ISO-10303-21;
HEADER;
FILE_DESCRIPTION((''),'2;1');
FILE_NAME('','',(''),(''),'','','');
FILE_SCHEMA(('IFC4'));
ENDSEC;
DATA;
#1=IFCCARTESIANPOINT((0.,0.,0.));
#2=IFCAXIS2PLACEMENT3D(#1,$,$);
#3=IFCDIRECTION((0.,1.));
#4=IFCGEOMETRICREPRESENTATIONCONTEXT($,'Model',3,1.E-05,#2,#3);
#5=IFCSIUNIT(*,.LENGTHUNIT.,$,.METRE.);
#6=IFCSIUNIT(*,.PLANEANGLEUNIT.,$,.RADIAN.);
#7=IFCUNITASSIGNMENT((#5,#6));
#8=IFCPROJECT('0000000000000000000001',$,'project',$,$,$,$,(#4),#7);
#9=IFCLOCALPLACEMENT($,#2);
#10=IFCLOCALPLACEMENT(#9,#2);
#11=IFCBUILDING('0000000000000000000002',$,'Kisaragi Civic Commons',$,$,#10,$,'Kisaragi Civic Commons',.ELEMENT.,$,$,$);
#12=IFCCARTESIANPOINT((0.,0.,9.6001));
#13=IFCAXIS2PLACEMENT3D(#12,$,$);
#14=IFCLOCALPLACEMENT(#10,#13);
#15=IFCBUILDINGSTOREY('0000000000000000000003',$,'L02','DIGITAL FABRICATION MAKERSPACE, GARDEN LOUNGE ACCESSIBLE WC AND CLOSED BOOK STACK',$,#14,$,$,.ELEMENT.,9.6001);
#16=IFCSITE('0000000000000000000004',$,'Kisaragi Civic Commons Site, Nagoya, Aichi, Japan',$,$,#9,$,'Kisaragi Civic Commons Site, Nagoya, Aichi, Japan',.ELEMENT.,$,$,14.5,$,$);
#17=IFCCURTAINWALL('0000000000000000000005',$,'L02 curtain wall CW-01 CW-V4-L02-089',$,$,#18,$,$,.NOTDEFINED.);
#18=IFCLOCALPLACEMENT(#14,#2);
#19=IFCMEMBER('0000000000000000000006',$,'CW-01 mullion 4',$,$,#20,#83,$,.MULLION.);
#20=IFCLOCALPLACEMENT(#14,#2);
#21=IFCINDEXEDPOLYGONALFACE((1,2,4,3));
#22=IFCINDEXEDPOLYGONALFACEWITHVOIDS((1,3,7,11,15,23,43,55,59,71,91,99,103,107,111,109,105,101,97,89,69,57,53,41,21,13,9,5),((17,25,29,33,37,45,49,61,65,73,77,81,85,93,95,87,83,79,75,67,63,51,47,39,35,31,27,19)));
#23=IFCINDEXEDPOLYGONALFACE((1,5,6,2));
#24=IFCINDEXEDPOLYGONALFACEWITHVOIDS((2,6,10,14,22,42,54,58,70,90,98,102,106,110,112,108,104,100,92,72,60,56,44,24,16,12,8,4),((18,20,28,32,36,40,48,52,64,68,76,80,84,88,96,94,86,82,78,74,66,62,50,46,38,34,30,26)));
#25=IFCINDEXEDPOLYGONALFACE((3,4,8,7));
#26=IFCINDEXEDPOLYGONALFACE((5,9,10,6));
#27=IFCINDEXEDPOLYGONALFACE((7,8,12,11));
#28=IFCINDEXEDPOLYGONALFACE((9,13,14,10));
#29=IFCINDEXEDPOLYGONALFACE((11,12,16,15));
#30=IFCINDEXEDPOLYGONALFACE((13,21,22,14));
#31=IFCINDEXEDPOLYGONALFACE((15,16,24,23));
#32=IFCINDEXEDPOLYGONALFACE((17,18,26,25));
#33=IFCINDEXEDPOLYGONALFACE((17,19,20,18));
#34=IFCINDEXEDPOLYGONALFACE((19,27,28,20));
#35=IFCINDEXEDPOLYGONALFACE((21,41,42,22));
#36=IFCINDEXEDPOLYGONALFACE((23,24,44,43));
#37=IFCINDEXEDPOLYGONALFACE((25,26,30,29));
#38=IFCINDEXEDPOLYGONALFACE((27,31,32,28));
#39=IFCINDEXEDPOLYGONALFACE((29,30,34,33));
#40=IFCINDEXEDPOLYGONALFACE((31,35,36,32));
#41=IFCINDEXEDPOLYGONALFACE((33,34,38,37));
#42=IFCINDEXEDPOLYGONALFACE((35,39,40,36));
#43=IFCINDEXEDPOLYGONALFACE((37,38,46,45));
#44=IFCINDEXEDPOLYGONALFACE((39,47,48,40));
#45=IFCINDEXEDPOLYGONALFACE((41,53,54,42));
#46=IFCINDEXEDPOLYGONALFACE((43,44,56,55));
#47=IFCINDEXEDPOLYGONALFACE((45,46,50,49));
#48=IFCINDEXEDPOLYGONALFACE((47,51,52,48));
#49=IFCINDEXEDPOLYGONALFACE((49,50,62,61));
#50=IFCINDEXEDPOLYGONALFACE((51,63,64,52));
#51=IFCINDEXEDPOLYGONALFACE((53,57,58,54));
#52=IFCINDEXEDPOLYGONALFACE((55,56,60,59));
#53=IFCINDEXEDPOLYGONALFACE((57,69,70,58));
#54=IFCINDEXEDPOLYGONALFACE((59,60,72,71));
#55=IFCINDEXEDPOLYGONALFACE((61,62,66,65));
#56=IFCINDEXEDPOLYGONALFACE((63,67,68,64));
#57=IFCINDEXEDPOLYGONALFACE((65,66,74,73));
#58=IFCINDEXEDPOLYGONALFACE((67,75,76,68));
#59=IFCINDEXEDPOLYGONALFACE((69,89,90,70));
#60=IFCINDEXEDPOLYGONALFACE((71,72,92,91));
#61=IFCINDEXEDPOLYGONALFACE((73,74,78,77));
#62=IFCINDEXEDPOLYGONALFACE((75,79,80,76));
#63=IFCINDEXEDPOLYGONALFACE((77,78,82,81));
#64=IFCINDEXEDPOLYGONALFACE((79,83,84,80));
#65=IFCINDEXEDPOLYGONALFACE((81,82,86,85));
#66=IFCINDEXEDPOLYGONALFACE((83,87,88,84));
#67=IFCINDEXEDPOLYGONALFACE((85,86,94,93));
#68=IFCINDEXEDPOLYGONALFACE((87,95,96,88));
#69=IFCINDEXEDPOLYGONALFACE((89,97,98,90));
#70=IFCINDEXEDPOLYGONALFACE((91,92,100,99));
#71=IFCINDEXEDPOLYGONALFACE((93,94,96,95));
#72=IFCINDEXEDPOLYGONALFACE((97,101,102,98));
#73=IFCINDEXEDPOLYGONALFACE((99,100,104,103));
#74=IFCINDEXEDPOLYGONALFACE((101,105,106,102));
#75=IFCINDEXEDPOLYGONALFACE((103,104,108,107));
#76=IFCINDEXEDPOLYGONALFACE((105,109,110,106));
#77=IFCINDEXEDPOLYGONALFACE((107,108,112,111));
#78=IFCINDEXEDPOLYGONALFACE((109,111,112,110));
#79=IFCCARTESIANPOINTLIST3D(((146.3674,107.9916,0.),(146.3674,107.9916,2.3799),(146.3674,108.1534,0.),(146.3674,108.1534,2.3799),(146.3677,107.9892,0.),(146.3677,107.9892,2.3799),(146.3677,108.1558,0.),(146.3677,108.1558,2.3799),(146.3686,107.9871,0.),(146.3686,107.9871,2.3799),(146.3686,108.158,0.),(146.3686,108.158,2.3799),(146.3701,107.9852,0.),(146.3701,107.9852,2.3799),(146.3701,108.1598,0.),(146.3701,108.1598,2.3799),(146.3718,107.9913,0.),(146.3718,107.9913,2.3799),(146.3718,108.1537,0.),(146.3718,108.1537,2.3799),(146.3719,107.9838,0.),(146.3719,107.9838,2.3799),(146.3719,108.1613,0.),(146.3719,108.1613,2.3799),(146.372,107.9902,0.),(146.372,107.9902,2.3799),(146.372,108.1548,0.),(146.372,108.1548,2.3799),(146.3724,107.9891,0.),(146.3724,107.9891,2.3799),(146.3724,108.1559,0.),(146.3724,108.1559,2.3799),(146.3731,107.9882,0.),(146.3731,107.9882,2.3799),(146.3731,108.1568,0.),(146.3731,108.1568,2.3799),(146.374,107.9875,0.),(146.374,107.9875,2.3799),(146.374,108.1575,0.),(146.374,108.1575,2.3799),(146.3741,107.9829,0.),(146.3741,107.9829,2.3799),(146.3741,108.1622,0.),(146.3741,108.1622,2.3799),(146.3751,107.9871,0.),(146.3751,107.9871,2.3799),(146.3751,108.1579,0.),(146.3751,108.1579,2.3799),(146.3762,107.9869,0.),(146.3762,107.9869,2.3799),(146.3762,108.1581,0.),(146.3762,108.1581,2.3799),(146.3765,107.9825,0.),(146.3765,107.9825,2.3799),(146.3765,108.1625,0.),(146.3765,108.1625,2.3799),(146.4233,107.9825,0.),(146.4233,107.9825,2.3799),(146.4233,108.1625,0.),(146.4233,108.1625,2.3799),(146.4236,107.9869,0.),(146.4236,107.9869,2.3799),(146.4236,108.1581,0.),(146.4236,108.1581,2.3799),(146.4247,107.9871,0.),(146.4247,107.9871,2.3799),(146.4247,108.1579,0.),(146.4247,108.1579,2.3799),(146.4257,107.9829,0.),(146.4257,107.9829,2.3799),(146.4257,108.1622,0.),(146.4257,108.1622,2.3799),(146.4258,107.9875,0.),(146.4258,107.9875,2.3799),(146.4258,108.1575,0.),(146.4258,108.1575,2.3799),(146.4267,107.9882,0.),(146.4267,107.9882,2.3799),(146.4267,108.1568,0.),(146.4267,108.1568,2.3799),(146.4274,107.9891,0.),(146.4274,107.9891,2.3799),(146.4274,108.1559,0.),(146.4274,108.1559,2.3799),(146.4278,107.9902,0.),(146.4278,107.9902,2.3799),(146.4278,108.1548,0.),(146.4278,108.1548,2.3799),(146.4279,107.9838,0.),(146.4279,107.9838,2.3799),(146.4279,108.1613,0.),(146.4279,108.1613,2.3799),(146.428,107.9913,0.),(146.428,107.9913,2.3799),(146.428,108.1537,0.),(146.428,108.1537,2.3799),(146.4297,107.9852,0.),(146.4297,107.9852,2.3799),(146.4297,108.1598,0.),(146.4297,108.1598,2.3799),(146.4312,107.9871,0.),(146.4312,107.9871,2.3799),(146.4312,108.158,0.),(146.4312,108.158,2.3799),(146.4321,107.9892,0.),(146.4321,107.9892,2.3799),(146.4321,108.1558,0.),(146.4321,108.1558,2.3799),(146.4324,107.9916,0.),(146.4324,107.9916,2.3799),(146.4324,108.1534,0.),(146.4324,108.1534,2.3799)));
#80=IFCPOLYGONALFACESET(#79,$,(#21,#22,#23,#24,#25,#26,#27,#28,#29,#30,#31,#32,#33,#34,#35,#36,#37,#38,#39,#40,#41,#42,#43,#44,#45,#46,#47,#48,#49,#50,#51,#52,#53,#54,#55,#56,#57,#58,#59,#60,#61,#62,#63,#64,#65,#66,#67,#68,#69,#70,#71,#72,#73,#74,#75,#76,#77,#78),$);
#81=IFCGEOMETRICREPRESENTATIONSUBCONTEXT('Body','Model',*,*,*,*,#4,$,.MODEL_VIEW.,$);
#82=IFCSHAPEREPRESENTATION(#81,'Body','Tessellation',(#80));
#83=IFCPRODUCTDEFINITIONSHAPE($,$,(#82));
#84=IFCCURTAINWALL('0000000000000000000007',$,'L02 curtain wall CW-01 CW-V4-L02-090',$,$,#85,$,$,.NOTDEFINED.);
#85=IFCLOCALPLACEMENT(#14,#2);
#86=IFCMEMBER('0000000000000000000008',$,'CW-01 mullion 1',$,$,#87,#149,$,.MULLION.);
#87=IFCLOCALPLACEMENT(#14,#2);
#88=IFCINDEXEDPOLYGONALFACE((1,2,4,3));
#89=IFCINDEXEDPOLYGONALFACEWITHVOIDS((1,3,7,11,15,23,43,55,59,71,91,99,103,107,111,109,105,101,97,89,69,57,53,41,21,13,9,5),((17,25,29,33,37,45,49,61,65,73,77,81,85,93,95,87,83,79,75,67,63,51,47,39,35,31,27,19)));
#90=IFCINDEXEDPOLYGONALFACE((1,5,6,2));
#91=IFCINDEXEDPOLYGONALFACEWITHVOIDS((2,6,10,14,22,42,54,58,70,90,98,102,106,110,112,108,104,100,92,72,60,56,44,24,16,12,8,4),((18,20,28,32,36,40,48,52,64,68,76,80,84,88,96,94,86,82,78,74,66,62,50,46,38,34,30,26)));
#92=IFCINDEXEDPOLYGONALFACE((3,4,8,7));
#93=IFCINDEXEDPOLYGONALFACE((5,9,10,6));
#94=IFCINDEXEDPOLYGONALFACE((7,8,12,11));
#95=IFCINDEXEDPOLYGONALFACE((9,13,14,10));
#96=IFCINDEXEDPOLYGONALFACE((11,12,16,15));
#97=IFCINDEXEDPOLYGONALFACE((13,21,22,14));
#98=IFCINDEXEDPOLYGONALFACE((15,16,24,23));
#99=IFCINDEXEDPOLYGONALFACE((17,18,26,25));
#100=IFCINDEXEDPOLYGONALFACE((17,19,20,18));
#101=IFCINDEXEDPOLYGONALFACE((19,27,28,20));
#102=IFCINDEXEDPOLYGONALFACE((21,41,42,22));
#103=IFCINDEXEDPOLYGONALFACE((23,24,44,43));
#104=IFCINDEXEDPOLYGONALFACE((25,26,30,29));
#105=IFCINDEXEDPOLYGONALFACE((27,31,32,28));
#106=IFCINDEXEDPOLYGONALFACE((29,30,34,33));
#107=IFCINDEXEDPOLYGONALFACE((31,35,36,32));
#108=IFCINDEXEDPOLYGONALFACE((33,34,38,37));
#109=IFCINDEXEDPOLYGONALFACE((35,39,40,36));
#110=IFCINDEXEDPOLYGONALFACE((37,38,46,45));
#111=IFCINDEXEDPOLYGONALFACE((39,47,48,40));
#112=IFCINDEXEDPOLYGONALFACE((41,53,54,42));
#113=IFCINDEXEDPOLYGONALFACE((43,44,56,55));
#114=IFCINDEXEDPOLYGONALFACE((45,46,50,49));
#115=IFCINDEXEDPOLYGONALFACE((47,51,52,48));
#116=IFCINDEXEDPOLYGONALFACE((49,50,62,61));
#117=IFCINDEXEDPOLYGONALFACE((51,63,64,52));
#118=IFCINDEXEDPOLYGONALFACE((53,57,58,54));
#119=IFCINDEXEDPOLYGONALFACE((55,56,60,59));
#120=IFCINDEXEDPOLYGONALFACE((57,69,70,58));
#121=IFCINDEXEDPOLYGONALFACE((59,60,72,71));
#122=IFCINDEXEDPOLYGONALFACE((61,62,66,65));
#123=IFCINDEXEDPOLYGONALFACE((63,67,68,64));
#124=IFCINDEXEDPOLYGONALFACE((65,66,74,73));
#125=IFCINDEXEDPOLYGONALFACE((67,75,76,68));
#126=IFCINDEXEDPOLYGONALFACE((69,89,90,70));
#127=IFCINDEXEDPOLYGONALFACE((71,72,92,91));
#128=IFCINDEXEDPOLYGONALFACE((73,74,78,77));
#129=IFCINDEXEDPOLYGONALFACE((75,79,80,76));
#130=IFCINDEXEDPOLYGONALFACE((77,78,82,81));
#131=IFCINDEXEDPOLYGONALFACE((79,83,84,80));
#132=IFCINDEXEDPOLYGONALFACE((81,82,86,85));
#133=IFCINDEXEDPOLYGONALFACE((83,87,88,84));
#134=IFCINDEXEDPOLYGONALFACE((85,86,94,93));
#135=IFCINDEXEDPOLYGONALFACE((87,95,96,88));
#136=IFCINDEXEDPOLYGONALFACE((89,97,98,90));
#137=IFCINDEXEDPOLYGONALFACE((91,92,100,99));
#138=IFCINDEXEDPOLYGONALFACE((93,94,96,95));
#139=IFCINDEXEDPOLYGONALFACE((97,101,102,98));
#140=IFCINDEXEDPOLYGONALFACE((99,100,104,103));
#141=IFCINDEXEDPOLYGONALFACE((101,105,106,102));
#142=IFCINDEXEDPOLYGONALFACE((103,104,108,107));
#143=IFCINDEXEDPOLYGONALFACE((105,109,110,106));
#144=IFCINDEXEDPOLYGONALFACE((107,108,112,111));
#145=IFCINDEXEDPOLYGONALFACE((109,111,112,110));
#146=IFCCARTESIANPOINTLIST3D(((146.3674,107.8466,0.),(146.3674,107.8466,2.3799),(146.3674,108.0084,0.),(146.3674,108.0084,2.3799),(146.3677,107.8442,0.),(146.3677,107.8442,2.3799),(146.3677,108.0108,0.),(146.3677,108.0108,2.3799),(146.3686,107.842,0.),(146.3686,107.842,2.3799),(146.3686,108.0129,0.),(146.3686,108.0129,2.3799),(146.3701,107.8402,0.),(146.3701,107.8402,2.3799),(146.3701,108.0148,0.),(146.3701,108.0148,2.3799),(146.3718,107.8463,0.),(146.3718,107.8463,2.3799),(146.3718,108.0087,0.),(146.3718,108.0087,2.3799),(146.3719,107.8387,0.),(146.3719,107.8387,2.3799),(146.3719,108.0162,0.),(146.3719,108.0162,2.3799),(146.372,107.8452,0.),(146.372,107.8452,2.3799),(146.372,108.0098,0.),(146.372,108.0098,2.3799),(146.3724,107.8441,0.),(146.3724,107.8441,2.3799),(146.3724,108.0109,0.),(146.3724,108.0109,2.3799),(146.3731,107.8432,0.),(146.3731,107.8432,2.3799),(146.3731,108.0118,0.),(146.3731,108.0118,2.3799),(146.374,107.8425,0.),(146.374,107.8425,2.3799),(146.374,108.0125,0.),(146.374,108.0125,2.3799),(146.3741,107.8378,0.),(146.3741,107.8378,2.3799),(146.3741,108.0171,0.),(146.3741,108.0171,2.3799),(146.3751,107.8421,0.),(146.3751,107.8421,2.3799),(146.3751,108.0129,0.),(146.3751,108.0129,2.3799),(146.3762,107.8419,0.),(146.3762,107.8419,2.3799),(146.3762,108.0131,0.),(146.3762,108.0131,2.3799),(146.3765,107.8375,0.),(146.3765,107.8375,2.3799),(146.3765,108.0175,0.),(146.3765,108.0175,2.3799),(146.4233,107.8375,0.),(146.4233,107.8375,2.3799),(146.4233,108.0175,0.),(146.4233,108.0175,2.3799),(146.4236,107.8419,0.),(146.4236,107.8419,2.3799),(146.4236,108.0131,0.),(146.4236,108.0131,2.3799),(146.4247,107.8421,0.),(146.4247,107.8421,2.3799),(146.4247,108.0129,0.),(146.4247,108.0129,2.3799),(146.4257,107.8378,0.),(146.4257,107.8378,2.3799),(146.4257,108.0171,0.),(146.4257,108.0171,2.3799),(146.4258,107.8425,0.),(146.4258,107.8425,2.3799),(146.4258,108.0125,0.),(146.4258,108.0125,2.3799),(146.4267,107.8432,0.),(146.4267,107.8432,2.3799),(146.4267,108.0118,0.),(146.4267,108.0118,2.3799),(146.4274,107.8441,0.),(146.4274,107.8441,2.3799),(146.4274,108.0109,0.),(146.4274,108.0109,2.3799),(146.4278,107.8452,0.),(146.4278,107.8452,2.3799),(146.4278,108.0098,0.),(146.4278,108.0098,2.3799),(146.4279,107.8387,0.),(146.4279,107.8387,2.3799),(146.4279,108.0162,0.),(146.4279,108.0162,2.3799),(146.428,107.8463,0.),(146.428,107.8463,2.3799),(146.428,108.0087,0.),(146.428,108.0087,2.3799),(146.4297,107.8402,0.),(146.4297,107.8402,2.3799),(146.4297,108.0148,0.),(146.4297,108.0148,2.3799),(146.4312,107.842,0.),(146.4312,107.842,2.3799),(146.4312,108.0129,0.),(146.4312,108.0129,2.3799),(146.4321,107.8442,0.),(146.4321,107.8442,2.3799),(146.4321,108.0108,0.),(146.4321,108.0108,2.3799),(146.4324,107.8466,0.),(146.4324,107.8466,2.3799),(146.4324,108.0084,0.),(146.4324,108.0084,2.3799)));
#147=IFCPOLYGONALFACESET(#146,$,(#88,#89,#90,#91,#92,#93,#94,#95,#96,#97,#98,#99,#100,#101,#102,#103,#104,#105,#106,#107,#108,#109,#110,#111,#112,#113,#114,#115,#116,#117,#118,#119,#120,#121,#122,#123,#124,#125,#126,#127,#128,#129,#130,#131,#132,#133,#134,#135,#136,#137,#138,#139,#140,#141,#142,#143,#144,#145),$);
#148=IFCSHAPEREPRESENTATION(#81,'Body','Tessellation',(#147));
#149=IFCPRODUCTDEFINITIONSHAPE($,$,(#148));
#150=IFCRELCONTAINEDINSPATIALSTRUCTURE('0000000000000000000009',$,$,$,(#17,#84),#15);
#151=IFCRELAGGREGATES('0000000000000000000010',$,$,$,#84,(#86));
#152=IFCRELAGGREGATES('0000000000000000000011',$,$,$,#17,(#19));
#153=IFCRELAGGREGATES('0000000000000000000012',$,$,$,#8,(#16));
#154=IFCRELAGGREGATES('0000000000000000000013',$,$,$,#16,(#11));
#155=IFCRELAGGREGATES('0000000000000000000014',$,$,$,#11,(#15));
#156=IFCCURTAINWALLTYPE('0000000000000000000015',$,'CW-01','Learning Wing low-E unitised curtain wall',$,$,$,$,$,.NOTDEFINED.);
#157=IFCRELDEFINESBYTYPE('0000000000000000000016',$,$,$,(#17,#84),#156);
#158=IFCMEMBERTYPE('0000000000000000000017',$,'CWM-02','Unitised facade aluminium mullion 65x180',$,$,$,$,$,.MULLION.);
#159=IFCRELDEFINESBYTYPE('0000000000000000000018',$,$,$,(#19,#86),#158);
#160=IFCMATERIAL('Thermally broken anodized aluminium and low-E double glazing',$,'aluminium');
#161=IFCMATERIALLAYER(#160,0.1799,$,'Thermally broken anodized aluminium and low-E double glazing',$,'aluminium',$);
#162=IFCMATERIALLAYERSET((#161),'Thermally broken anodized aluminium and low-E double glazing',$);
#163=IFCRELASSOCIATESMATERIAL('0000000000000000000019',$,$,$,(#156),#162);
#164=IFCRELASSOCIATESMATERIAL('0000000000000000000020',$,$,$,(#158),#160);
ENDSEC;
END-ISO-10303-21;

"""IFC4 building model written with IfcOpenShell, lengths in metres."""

from ifc_helpers import new_model, si_unit, direction, frame, origin, origin_2d, place, context, subcontext, project, spatial, hollow_rectangle, extrude, material, layer, layer_set, material_profile, profile_set, type_object, element, aggregate, save


model = new_model("IFC4")

# Units and contexts
model_context = context("Model", 3, precision=1e-05, world=origin(), true_north=direction((0.0, 1.0)))
body_context = subcontext(model_context, "Body", "Model", "MODEL_VIEW")
ifc_project = project(units=[si_unit("LENGTHUNIT", "METRE"), si_unit("PLANEANGLEUNIT", "RADIAN")], contexts=[model_context])

# Site, building, storey
site_placement = place(None, origin())
site = spatial("IfcSite", under=ifc_project, at=site_placement, Name="Kisaragi Civic Commons Site, Nagoya, Aichi, Japan", LongName="Kisaragi Civic Commons Site, Nagoya, Aichi, Japan", CompositionType="ELEMENT", RefElevation=14.5)
building_placement = place(site_placement, origin())
building = spatial("IfcBuilding", under=site, at=building_placement, Name="Kisaragi Civic Commons", LongName="Kisaragi Civic Commons", CompositionType="ELEMENT")
storey_placement = place(building_placement, frame((0.0, 0.0, 9.6001)))
storey = spatial("IfcBuildingStorey", under=building, at=storey_placement, Name="L02", Description="DIGITAL FABRICATION MAKERSPACE, GARDEN LOUNGE ACCESSIBLE WC AND CLOSED BOOK STACK", CompositionType="ELEMENT", Elevation=9.6001)

# Curtain wall, member
ifc_material_1 = material(Name="Thermally broken anodized aluminium and low-E double glazing", Category="aluminium")
ifc_layer_1 = layer(ifc_material_1, 0.1799, Name="Thermally broken anodized aluminium and low-E double glazing", Category="aluminium")
ifc_layer_set_1 = layer_set([ifc_layer_1], Name="Thermally broken anodized aluminium and low-E double glazing")
curtain_wall_type = type_object("IfcCurtainWallType", Name="CW-01", Description="Learning Wing low-E unitised curtain wall", PredefinedType="NOTDEFINED", material=ifc_layer_set_1)
curtain_wall_1_placement = place(storey_placement, origin())
curtain_wall_1 = element("IfcCurtainWall", 1, at=curtain_wall_1_placement, inside=storey, type_object=curtain_wall_type, Name="L02 curtain wall CW-01 CW-V4-L02-089", PredefinedType="NOTDEFINED")
ifc_material_profile_1 = material_profile(ifc_material_1, hollow_rectangle(XDim=0.0649, YDim=0.1799, WallThickness=0.0044, InnerFilletRadius=0.0044, OuterFilletRadius=0.009, at=origin_2d()), Name="CWM-65x180x4.5", Category="aluminium")
ifc_profile_set_1 = profile_set([ifc_material_profile_1], Name="Thermally broken anodized aluminium and low-E double glazing")
member_type_1 = type_object("IfcMemberType", Name="CWM-02", Description="Unitised facade aluminium mullion 65x180", PredefinedType="MULLION", material=ifc_profile_set_1)
member_1_placement = place(storey_placement, frame((146.3999, 108.0725, 0.0), z_axis=(0.0, 0.0, 1.0), x_axis=(1.0, 0.0, 0.0)))
member_1 = element("IfcMember", 2, at=member_1_placement, type_object=member_type_1, Name="CW-01 mullion 4", PredefinedType="MULLION", context=body_context, shape_type="SweptSolid", body=[
    extrude(hollow_rectangle(XDim=0.0649, YDim=0.1799, WallThickness=0.0044, InnerFilletRadius=0.0044, OuterFilletRadius=0.009, at=origin_2d()), origin(), (0.0, 0.0, 1.0), 2.3799),
])

# Curtain wall, member
curtain_wall_2_placement = place(storey_placement, origin())
curtain_wall_2 = element("IfcCurtainWall", 3, at=curtain_wall_2_placement, inside=storey, type_object=curtain_wall_type, Name="L02 curtain wall CW-01 CW-V4-L02-090", PredefinedType="NOTDEFINED")
member_2_placement = place(storey_placement, frame((146.3999, 107.9275, 0.0), z_axis=(0.0, 0.0, 1.0), x_axis=(1.0, 0.0, 0.0)))
member_2 = element("IfcMember", 4, at=member_2_placement, type_object=member_type_1, Name="CW-01 mullion 1", PredefinedType="MULLION", context=body_context, shape_type="SweptSolid", body=[
    extrude(hollow_rectangle(XDim=0.0649, YDim=0.1799, WallThickness=0.0044, InnerFilletRadius=0.0044, OuterFilletRadius=0.009, at=origin_2d()), origin(), (0.0, 0.0, 1.0), 2.3799),
])

aggregate(curtain_wall_2, [member_2])
aggregate(curtain_wall_1, [member_1])

save(model, "model.ifc")
